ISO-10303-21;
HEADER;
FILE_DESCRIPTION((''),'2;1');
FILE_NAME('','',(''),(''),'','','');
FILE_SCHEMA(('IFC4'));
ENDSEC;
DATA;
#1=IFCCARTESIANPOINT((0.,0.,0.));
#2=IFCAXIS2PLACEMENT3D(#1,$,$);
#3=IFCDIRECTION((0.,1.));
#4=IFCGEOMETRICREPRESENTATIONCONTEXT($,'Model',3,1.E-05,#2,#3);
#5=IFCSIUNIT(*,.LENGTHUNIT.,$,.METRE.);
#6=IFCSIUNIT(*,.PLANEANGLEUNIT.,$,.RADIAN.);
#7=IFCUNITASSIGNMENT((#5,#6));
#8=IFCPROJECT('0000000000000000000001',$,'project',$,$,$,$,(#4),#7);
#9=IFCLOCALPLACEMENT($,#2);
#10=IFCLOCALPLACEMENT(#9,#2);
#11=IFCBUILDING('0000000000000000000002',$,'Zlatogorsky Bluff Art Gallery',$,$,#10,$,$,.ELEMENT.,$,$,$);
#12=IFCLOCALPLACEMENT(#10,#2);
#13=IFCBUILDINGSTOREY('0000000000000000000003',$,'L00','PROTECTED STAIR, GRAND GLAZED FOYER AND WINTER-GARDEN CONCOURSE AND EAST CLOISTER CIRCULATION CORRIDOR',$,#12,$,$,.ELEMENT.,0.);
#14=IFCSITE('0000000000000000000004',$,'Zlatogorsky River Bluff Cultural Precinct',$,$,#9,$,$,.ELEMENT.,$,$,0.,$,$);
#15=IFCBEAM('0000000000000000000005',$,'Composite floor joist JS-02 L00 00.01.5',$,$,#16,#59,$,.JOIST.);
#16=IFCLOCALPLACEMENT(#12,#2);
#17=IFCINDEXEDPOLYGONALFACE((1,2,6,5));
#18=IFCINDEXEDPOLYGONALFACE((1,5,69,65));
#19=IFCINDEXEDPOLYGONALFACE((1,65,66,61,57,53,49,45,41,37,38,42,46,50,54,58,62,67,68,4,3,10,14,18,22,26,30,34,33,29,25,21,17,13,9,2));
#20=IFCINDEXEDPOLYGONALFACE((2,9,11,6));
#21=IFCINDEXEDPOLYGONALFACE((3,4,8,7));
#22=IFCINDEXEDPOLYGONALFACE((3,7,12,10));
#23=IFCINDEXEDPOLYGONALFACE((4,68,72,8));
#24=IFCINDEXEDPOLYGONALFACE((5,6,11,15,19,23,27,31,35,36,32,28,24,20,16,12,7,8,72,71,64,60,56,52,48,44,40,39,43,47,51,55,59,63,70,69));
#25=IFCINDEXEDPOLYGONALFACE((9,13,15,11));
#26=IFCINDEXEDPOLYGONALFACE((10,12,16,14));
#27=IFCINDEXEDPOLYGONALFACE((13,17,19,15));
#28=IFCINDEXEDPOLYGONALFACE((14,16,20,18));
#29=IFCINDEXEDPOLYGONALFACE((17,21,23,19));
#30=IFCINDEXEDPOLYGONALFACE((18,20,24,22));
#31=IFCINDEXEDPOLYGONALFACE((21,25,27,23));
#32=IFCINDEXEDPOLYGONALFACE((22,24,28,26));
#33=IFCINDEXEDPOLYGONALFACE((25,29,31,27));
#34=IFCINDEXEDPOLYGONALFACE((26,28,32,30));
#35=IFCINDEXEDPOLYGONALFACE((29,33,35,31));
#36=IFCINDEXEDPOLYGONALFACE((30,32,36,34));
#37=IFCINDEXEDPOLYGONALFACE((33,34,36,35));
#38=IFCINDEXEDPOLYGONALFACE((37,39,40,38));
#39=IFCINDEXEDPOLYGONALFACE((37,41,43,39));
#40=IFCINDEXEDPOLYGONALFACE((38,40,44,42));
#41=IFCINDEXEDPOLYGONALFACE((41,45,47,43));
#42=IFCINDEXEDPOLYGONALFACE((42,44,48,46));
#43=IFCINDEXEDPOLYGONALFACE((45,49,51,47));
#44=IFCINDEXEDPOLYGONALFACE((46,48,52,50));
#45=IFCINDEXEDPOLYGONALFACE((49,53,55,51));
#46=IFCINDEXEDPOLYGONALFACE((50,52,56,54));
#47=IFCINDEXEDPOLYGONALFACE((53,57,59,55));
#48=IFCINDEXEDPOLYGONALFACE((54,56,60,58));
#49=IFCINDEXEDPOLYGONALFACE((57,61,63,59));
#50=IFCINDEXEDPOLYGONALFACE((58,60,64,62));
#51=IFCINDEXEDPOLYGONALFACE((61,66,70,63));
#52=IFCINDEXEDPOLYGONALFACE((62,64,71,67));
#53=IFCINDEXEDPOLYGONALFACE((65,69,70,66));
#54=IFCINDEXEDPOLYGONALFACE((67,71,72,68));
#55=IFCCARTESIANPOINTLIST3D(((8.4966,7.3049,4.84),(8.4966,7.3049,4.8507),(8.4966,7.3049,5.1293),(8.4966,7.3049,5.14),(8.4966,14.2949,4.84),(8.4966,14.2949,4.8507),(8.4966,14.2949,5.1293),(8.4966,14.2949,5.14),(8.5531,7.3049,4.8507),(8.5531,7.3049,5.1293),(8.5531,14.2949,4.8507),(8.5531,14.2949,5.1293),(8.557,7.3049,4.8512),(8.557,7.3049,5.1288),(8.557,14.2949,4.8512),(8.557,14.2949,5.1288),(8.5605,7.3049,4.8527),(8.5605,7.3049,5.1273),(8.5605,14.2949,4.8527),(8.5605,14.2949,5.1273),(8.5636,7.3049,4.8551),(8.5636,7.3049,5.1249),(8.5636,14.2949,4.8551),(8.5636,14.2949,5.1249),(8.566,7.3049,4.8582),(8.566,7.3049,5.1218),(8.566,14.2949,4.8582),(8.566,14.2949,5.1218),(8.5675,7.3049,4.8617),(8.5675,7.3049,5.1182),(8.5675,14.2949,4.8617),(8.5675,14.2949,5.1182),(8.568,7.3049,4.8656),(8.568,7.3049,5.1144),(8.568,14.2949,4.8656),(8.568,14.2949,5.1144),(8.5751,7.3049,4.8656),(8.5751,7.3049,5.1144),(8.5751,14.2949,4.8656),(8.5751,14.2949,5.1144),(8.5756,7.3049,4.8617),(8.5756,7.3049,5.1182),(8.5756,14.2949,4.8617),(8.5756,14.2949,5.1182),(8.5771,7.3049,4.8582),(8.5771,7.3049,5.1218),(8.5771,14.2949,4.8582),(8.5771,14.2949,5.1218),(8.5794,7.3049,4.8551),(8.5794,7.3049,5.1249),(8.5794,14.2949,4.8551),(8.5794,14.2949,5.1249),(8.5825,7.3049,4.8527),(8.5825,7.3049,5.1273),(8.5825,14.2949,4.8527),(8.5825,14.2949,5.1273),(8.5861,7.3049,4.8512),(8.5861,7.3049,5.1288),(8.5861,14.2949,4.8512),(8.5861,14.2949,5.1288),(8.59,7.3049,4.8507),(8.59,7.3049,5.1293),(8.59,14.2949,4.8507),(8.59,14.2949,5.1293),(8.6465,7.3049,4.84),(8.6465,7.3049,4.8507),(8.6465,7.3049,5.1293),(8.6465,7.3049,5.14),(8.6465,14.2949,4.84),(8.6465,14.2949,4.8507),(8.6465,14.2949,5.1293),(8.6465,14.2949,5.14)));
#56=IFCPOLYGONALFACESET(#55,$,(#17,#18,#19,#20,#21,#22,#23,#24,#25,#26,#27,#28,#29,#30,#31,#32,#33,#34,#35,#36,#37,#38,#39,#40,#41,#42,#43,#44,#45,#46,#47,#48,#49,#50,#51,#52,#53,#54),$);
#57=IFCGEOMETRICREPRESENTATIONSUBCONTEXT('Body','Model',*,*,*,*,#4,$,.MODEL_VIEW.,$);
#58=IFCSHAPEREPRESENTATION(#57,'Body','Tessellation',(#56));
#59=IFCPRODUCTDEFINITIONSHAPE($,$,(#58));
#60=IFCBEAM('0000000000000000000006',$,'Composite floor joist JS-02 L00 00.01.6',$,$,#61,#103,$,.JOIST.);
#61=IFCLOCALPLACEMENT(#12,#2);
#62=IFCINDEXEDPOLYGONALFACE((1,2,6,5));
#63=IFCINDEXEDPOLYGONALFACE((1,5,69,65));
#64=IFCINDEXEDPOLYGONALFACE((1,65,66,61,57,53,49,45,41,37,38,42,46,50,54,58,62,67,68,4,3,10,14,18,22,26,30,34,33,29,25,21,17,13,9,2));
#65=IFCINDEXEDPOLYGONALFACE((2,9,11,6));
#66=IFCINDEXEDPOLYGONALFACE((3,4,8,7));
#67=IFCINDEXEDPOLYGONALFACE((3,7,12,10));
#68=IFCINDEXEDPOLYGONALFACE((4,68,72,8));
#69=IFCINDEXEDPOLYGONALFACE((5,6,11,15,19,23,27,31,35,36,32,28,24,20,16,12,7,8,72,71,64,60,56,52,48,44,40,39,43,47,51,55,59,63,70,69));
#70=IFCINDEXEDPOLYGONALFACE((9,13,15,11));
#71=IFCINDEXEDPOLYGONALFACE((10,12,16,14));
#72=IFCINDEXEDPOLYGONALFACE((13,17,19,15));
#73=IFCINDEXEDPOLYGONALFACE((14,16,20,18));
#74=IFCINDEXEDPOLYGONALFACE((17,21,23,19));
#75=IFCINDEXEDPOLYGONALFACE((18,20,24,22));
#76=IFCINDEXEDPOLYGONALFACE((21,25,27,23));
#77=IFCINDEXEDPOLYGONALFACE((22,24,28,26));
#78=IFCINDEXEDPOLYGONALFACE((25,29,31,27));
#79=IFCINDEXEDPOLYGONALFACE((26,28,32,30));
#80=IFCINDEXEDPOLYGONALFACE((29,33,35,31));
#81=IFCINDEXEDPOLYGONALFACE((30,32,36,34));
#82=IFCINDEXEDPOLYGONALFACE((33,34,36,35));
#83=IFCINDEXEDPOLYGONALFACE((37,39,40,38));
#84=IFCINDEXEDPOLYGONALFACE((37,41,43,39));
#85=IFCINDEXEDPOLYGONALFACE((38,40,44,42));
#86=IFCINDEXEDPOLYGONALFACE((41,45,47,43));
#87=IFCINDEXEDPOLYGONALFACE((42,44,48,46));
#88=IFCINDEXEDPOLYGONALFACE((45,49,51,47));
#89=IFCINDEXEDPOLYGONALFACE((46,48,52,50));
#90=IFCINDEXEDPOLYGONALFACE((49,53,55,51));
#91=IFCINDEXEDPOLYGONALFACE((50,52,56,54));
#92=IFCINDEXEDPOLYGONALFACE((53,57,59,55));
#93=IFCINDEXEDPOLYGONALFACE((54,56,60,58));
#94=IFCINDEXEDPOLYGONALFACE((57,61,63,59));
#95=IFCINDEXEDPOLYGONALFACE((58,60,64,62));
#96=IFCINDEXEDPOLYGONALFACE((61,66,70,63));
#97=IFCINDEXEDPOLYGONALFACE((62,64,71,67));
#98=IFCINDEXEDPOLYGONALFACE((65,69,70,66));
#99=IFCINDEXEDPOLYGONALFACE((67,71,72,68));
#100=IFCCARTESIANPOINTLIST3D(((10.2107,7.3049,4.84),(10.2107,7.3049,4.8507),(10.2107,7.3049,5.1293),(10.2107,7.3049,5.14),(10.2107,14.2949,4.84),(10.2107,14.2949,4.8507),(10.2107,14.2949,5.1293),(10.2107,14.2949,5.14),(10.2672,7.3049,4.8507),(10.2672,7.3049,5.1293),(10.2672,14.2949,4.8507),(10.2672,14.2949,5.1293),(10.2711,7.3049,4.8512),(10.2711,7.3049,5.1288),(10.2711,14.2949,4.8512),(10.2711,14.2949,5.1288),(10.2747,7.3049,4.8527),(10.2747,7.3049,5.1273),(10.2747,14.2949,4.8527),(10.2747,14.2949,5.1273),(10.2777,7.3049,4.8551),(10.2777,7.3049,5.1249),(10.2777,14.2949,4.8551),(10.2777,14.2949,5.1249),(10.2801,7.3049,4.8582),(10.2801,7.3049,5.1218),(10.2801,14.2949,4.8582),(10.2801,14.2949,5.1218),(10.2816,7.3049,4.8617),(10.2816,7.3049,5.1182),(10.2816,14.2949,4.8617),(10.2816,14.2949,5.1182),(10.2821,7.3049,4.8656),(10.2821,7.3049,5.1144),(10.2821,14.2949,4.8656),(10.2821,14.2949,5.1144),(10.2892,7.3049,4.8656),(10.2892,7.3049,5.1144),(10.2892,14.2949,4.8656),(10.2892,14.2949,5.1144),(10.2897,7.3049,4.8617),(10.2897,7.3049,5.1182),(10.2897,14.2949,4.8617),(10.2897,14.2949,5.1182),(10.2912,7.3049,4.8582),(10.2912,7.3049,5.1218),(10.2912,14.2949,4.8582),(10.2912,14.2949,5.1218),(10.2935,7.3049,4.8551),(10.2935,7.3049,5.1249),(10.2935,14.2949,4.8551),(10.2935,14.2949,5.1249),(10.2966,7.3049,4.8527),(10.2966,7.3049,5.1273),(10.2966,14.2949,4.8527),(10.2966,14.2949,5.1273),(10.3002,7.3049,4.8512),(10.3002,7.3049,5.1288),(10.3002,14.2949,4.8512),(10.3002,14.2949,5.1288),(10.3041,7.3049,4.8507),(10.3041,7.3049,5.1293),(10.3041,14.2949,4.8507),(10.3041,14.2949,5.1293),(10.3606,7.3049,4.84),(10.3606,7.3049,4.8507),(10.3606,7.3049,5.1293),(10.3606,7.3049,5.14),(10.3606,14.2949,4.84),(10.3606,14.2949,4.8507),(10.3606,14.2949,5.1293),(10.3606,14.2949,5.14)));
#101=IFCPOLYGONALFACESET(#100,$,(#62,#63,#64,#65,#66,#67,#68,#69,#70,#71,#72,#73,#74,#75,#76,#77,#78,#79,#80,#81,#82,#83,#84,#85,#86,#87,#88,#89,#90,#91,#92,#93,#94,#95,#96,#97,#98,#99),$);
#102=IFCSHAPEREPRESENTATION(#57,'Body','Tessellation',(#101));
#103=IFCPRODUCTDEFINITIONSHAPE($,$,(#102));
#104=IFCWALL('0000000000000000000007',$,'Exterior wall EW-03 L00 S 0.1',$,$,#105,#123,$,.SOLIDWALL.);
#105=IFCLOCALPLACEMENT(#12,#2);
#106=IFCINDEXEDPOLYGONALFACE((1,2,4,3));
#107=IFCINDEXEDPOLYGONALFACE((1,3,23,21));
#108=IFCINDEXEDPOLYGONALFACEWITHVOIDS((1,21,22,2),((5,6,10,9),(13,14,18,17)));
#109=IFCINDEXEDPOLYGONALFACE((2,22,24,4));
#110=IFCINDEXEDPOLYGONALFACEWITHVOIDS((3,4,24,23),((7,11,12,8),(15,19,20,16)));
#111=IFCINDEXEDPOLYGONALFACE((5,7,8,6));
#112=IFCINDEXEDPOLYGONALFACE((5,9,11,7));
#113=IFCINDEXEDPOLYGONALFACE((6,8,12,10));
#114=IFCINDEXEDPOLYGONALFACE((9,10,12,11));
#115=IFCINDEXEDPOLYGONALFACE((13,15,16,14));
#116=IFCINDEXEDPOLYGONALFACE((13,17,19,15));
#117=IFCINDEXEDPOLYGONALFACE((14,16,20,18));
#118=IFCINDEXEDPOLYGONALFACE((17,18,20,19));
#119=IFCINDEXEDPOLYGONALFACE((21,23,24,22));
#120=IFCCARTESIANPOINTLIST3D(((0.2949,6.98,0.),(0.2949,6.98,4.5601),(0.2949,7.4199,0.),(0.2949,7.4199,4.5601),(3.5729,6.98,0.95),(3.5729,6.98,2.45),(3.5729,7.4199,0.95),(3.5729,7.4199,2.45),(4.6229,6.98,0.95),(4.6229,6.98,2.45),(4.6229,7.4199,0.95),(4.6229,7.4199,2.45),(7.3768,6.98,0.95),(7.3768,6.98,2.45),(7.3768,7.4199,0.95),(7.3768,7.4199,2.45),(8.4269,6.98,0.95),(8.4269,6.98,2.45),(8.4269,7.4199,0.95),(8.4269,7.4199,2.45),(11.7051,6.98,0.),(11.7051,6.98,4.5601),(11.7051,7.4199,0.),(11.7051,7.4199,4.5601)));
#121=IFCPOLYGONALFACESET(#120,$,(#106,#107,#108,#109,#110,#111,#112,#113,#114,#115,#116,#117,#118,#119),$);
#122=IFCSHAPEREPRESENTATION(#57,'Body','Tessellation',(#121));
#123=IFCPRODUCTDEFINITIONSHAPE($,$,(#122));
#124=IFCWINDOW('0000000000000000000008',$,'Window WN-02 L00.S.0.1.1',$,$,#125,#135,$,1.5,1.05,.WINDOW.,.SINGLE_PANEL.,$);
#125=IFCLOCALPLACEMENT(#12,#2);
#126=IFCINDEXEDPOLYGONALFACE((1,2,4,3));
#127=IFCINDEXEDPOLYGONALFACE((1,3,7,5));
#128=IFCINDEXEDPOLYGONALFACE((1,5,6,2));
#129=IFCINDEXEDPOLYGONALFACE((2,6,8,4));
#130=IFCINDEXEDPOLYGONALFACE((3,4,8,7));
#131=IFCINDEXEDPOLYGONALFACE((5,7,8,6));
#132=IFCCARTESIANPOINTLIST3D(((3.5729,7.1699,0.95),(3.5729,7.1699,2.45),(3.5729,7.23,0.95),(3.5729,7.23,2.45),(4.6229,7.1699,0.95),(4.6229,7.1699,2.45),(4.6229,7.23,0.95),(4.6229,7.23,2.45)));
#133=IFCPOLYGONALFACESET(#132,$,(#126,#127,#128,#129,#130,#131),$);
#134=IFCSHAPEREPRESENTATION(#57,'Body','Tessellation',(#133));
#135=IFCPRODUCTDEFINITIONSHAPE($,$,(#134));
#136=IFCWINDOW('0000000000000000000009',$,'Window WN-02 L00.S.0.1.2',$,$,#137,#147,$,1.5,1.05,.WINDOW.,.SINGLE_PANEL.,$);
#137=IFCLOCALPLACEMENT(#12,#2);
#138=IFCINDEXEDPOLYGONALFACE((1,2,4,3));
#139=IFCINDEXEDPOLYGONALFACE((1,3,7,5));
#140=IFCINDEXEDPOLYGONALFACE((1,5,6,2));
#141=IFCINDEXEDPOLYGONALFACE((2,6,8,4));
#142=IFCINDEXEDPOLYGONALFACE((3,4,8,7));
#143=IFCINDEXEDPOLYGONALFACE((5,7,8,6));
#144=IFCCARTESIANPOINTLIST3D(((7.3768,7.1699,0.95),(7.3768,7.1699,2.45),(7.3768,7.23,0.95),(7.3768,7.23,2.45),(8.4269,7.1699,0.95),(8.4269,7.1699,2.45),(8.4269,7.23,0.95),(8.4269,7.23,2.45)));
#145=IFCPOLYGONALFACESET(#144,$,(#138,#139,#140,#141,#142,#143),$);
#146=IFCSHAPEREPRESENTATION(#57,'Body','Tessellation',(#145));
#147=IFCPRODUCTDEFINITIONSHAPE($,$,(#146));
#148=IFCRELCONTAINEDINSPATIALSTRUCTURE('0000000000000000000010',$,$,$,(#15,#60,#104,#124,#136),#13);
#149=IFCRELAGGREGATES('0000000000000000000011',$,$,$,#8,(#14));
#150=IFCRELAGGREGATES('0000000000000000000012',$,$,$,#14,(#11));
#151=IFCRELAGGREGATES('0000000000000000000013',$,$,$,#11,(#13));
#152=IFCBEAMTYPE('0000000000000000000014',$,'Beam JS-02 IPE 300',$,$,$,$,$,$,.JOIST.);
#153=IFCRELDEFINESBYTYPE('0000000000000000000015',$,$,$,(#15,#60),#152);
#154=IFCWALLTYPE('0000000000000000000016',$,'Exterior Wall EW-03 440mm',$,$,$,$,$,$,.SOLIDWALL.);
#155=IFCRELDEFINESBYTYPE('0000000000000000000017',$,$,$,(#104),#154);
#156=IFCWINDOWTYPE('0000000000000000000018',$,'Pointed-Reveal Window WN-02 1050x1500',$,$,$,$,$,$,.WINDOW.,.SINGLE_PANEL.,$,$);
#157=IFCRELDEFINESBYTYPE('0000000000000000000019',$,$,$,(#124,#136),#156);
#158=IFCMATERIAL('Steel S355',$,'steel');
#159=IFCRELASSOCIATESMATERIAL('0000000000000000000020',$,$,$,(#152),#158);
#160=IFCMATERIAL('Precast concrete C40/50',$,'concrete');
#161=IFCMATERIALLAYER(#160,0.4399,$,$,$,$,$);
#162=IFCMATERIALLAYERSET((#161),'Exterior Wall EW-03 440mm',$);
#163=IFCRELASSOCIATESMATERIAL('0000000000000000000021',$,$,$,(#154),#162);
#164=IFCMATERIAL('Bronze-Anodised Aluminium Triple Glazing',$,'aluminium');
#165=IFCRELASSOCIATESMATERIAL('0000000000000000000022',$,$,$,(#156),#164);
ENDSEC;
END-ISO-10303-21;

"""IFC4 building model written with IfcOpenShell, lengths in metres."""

from ifc_helpers import new_model, si_unit, direction, frame, frame_2d, origin, origin_2d, place, context, subcontext, project, spatial, rectangle, i_section, extrude, material, layer, layer_set, material_profile, profile_set, type_object, element, fill, save


model = new_model("IFC4")

# Units and contexts
model_context = context("Model", 3, precision=1e-05, world=origin(), true_north=direction((0.0, 1.0)))
body_context = subcontext(model_context, "Body", "Model", "MODEL_VIEW")
ifc_project = project(units=[si_unit("LENGTHUNIT", "METRE"), si_unit("PLANEANGLEUNIT", "RADIAN")], contexts=[model_context])

# Site, building, storey
site_placement = place(None, origin())
site = spatial("IfcSite", under=ifc_project, at=site_placement, Name="Zlatogorsky River Bluff Cultural Precinct", CompositionType="ELEMENT", RefElevation=0.0)
building_placement = place(site_placement, origin())
building = spatial("IfcBuilding", under=site, at=building_placement, Name="Zlatogorsky Bluff Art Gallery", CompositionType="ELEMENT")
storey_placement = place(building_placement, origin())
storey = spatial("IfcBuildingStorey", under=building, at=storey_placement, Name="L00", Description="PROTECTED STAIR, GRAND GLAZED FOYER AND WINTER-GARDEN CONCOURSE AND EAST CLOISTER CIRCULATION CORRIDOR", CompositionType="ELEMENT", Elevation=0.0)

# Beams
ifc_material_1 = material(Name="Steel S355", Category="steel")
ifc_material_profile_1 = material_profile(ifc_material_1, i_section(OverallWidth=0.1499, OverallDepth=0.3, WebThickness=0.0071, FlangeThickness=0.0107, FilletRadius=0.0149, at=origin_2d()), Name="IPE 300")
ifc_profile_set_1 = profile_set([ifc_material_profile_1], Name="Steel S355")
beam_type_1 = type_object("IfcBeamType", Name="Beam JS-02 IPE 300", PredefinedType="JOIST", material=ifc_profile_set_1)
for number, where, z_axis, x_axis, name in (
    (1, (8.5715, 7.3049, 4.99), (0.0, 1.0, 0.0), (-1.0, 0.0, 0.0), "Composite floor joist JS-02 L00 00.01.5"),
    (2, (10.2856, 7.3049, 4.99), (0.0, 1.0, 0.0), (-1.0, 0.0, 0.0), "Composite floor joist JS-02 L00 00.01.6"),
):
    element("IfcBeam", number, at=place(storey_placement, frame(where, z_axis=z_axis, x_axis=x_axis)), inside=storey, type_object=beam_type_1, Name=name, PredefinedType="JOIST", context=body_context, shape_type="SweptSolid", body=[
        extrude(i_section(OverallWidth=0.1499, OverallDepth=0.3, WebThickness=0.0071, FlangeThickness=0.0107, FilletRadius=0.0149, at=origin_2d()), origin(), (0.0, 0.0, 1.0), 6.99),
    ])

# Wall, openings, windows
ifc_material_2 = material(Name="Precast concrete C40/50", Category="concrete")
ifc_layer_1 = layer(ifc_material_2, 0.4399)
ifc_layer_set_1 = layer_set([ifc_layer_1], Name="Exterior Wall EW-03 440mm")
wall_type_1 = type_object("IfcWallType", Name="Exterior Wall EW-03 440mm", PredefinedType="SOLIDWALL", material=ifc_layer_set_1)
wall_1_placement = place(storey_placement, frame((0.2949, 7.2, 0.0), z_axis=(0.0, 0.0, 1.0), x_axis=(1.0, 0.0, 0.0)))
wall_1 = element("IfcWall", 3, at=wall_1_placement, inside=storey, type_object=wall_type_1, Name="Exterior wall EW-03 L00 S 0.1", PredefinedType="SOLIDWALL", context=body_context, shape_type="SweptSolid", body=[
    extrude(rectangle(XDim=11.4102, YDim=0.4399, at=frame_2d((5.7051, 0.0))), origin(), (0.0, 0.0, 1.0), 4.5601),
])
opening_1_placement = place(wall_1_placement, frame((3.2781, 0.0, 0.95)))
opening_1 = element("IfcOpeningElement", 4, at=opening_1_placement, cuts=wall_1, PredefinedType="OPENING", context=body_context, shape_type="SweptSolid", body=[
    extrude(rectangle(XDim=1.05, YDim=1.5, at=frame_2d((0.5249, 0.75))), frame((0.0, 0.23, 0.0), z_axis=(0.0, -1.0, 0.0), x_axis=(1.0, 0.0, 0.0)), (0.0, 0.0, 1.0), 0.46),
])
opening_2_placement = place(wall_1_placement, frame((7.082, 0.0, 0.95)))
opening_2 = element("IfcOpeningElement", 5, at=opening_2_placement, cuts=wall_1, PredefinedType="OPENING", context=body_context, shape_type="SweptSolid", body=[
    extrude(rectangle(XDim=1.05, YDim=1.5, at=frame_2d((0.5249, 0.75))), frame((0.0, 0.23, 0.0), z_axis=(0.0, -1.0, 0.0), x_axis=(1.0, 0.0, 0.0)), (0.0, 0.0, 1.0), 0.46),
])
ifc_material_3 = material(Name="Bronze-Anodised Aluminium Triple Glazing", Category="aluminium")
window_type = type_object("IfcWindowType", Name="Pointed-Reveal Window WN-02 1050x1500", PartitioningType="SINGLE_PANEL", PredefinedType="WINDOW", material=ifc_material_3)
window_1_placement = place(opening_1_placement, origin())
window_1 = element("IfcWindow", 6, at=window_1_placement, inside=storey, type_object=window_type, Name="Window WN-02 L00.S.0.1.1", OverallHeight=1.5, OverallWidth=1.05, PartitioningType="SINGLE_PANEL", PredefinedType="WINDOW", context=body_context, shape_type="SweptSolid", body=[
    extrude(rectangle(XDim=1.05, YDim=1.5, at=frame_2d((0.5249, 0.75))), frame((0.0, 0.03, 0.0), z_axis=(0.0, -1.0, 0.0), x_axis=(1.0, 0.0, 0.0)), (0.0, 0.0, 1.0), 0.0601),
])
fill(opening_1, window_1)
window_2_placement = place(opening_2_placement, origin())
window_2 = element("IfcWindow", 7, at=window_2_placement, inside=storey, type_object=window_type, Name="Window WN-02 L00.S.0.1.2", OverallHeight=1.5, OverallWidth=1.05, PartitioningType="SINGLE_PANEL", PredefinedType="WINDOW", context=body_context, shape_type="SweptSolid", body=[
    extrude(rectangle(XDim=1.05, YDim=1.5, at=frame_2d((0.5249, 0.75))), frame((0.0, 0.03, 0.0), z_axis=(0.0, -1.0, 0.0), x_axis=(1.0, 0.0, 0.0)), (0.0, 0.0, 1.0), 0.0601),
])
fill(opening_2, window_2)

save(model, "model.ifc")
